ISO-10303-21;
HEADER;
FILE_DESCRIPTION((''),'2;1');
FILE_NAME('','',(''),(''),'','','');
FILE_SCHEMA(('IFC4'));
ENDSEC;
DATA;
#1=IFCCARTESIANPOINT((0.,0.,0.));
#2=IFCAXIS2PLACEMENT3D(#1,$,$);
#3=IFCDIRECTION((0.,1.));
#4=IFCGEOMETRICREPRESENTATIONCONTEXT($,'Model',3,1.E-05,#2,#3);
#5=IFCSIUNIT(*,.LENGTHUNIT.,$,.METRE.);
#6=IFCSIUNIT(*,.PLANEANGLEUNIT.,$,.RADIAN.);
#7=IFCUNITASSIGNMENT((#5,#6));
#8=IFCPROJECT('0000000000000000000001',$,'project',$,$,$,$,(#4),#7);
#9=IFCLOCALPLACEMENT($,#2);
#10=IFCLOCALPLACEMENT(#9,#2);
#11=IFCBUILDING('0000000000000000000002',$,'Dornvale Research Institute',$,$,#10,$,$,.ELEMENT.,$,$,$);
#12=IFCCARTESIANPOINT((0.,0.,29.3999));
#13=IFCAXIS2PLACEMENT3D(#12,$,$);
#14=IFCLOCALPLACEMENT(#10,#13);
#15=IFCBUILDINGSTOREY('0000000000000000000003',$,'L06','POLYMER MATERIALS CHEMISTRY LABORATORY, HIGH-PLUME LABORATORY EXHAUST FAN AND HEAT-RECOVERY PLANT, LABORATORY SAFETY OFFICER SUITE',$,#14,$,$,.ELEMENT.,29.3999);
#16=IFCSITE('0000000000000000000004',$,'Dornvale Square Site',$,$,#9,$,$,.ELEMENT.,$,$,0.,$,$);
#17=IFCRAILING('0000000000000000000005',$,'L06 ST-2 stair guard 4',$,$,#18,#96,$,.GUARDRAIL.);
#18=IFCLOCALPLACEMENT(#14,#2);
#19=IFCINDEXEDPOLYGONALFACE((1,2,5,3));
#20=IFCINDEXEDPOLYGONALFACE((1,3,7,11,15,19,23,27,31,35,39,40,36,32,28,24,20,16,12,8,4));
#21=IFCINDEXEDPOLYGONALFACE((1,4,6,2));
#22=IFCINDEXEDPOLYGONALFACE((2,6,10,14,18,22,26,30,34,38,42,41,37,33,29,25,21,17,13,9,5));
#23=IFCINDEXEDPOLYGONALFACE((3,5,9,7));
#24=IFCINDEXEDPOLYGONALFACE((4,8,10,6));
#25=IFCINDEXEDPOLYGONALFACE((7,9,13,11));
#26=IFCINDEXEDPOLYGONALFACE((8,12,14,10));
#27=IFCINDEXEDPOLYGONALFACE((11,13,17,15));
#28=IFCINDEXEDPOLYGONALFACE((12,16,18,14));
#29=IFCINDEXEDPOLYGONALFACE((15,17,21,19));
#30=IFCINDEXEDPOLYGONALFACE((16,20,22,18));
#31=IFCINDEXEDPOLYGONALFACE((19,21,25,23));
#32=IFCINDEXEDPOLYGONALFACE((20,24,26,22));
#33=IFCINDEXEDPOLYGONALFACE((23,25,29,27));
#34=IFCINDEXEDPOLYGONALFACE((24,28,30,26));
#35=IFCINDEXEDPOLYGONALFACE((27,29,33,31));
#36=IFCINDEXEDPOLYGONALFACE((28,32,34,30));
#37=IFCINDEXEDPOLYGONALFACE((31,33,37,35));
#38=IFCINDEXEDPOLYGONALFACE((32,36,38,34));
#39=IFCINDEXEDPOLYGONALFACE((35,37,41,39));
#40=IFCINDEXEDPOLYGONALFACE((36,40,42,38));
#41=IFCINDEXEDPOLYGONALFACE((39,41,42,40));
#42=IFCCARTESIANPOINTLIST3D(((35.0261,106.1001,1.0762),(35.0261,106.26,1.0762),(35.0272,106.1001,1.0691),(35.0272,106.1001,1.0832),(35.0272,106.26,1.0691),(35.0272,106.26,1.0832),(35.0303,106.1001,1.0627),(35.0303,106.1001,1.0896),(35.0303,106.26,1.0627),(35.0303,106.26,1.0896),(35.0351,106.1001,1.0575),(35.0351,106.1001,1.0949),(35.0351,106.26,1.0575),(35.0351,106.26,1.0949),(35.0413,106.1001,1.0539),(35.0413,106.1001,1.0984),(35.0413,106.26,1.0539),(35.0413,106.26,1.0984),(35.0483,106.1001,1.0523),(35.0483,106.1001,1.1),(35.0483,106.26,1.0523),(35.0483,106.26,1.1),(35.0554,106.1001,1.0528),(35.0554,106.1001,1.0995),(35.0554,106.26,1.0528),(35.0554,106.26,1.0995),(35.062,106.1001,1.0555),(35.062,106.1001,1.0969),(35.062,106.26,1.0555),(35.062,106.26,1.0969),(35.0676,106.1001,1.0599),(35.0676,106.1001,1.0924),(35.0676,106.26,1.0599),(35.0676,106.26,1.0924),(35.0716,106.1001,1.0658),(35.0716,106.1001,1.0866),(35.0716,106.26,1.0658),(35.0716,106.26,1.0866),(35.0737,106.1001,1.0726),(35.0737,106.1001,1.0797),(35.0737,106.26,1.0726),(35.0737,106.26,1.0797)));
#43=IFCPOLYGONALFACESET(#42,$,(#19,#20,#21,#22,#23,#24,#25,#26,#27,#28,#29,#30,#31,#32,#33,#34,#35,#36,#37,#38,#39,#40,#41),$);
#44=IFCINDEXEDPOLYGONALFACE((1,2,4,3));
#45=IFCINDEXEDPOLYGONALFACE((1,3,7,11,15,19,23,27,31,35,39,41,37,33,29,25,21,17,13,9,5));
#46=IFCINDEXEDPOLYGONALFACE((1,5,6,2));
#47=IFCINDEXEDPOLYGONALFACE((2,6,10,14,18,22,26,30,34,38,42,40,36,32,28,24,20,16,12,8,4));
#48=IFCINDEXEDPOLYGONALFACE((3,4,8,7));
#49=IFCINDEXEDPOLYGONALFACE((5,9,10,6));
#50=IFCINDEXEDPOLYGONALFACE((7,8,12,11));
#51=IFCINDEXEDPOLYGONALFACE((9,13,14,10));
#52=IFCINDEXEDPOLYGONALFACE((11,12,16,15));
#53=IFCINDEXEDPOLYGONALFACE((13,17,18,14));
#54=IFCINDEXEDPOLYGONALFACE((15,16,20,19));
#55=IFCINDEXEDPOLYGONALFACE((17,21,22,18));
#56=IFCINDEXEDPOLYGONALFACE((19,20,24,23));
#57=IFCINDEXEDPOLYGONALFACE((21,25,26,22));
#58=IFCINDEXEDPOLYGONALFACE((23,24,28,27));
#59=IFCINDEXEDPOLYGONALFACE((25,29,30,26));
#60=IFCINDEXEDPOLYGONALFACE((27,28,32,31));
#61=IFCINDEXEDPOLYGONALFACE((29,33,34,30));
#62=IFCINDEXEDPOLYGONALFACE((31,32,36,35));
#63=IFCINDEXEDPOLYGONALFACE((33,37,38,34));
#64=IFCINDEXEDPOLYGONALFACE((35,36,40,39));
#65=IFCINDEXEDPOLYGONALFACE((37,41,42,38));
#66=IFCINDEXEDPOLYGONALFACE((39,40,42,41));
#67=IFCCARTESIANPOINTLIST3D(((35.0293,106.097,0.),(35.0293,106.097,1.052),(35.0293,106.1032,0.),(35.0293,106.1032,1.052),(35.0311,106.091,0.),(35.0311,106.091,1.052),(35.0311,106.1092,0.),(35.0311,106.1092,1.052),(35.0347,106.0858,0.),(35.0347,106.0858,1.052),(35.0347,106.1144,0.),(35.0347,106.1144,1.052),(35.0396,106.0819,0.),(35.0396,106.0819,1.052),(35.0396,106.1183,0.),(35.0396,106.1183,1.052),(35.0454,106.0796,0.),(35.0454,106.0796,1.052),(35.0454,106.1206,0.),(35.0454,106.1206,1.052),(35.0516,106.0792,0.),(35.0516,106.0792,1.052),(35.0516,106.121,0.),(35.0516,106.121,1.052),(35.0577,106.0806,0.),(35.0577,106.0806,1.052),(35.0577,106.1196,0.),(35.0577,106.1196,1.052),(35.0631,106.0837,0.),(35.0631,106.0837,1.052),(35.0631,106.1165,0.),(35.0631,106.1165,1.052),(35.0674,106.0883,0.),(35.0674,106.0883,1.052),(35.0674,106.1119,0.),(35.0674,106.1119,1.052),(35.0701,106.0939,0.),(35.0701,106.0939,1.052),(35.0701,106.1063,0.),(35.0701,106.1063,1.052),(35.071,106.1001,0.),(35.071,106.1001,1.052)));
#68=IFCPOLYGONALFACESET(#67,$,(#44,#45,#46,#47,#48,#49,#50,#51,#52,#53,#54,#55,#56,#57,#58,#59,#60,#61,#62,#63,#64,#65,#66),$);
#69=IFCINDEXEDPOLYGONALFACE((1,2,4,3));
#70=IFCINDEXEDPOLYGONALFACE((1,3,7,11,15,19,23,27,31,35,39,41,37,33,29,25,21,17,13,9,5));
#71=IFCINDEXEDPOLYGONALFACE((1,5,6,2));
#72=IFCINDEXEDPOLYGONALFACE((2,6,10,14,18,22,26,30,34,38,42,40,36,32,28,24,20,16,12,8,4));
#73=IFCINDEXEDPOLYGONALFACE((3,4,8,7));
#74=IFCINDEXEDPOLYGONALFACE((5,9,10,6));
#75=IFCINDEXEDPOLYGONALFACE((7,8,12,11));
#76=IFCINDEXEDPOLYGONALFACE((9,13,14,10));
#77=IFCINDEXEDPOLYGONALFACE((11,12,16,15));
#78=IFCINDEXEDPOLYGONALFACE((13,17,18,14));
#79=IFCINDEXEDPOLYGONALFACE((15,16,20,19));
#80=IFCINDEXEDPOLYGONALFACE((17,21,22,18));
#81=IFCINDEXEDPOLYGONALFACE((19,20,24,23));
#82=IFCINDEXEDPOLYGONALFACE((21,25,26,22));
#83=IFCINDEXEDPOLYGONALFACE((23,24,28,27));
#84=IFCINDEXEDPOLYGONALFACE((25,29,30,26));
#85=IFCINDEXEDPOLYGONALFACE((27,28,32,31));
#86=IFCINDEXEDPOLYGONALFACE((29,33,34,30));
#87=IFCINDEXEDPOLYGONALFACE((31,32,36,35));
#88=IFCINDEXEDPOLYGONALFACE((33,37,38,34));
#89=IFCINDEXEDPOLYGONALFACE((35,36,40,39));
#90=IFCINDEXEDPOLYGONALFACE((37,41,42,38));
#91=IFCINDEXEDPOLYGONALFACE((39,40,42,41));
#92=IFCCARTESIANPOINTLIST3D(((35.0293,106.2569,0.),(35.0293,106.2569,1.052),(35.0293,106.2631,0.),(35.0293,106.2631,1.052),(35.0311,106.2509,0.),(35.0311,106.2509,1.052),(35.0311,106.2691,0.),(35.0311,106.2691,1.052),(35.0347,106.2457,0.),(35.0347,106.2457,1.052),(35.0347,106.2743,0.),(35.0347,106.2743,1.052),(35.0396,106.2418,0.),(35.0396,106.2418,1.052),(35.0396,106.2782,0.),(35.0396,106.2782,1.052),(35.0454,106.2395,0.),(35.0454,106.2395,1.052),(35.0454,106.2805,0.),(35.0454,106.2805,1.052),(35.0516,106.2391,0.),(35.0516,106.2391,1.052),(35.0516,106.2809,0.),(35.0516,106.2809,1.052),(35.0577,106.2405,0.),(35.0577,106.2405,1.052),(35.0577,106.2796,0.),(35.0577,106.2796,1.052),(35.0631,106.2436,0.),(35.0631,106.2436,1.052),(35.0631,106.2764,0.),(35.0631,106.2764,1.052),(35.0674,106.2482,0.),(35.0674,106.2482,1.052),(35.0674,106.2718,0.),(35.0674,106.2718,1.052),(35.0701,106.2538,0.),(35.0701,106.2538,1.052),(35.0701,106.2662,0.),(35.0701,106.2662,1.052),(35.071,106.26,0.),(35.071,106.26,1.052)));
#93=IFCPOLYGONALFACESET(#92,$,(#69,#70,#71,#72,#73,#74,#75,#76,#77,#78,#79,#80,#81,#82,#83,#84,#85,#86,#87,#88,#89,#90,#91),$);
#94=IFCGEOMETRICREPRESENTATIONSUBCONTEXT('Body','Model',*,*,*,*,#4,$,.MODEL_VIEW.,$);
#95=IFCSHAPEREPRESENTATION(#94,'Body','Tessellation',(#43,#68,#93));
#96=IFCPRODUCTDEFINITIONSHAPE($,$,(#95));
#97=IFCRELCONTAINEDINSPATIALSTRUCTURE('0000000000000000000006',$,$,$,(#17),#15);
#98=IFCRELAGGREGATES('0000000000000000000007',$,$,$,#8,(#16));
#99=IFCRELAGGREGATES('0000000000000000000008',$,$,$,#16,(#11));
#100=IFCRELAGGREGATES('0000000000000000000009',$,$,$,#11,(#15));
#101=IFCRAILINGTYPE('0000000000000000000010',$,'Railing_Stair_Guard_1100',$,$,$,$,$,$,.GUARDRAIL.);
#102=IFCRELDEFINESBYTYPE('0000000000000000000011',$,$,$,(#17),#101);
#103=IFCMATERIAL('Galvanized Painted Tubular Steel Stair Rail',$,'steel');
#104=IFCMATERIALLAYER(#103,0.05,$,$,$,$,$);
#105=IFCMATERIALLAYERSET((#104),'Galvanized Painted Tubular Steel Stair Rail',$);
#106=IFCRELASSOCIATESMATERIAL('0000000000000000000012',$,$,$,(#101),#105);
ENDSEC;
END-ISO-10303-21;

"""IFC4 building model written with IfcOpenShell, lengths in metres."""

from ifc_helpers import new_model, si_unit, direction, frame, origin, origin_2d, place, context, subcontext, project, spatial, circle, extrude, material, layer, layer_set, type_object, element, save


model = new_model("IFC4")

# Units and contexts
model_context = context("Model", 3, precision=1e-05, world=origin(), true_north=direction((0.0, 1.0)))
body_context = subcontext(model_context, "Body", "Model", "MODEL_VIEW")
ifc_project = project(units=[si_unit("LENGTHUNIT", "METRE"), si_unit("PLANEANGLEUNIT", "RADIAN")], contexts=[model_context])

# Site, building, storey
site_placement = place(None, origin())
site = spatial("IfcSite", under=ifc_project, at=site_placement, Name="Dornvale Square Site", CompositionType="ELEMENT", RefElevation=0.0)
building_placement = place(site_placement, origin())
building = spatial("IfcBuilding", under=site, at=building_placement, Name="Dornvale Research Institute", CompositionType="ELEMENT")
storey_placement = place(building_placement, frame((0.0, 0.0, 29.3999)))
storey = spatial("IfcBuildingStorey", under=building, at=storey_placement, Name="L06", Description="POLYMER MATERIALS CHEMISTRY LABORATORY, HIGH-PLUME LABORATORY EXHAUST FAN AND HEAT-RECOVERY PLANT, LABORATORY SAFETY OFFICER SUITE", CompositionType="ELEMENT", Elevation=29.3999)

# Railing
ifc_material_1 = material(Name="Galvanized Painted Tubular Steel Stair Rail", Category="steel")
ifc_layer_1 = layer(ifc_material_1, 0.05)
ifc_layer_set_1 = layer_set([ifc_layer_1], Name="Galvanized Painted Tubular Steel Stair Rail")
railing_type_1 = type_object("IfcRailingType", Name="Railing_Stair_Guard_1100", PredefinedType="GUARDRAIL", material=ifc_layer_set_1)
railing_1_placement = place(storey_placement, frame((35.05, 106.1001, 0.0)))
element("IfcRailing", 1, at=railing_1_placement, inside=storey, type_object=railing_type_1, Name="L06 ST-2 stair guard 4", PredefinedType="GUARDRAIL", context=body_context, shape_type="SweptSolid", body=[
    extrude(circle(Radius=0.0239, at=origin_2d()), frame((0.0, 0.0, 1.0762), z_axis=(0.0, 1.0, 0.0), x_axis=(-1.0, 0.0, 0.0)), (0.0, 0.0, 1.0), 0.1599),
    extrude(circle(Radius=0.021, at=origin_2d()), origin(), (0.0, 0.0, 1.0), 1.052),
    extrude(circle(Radius=0.021, at=origin_2d()), frame((0.0, 0.1599, 0.0)), (0.0, 0.0, 1.0), 1.052),
])

save(model, "model.ifc")
